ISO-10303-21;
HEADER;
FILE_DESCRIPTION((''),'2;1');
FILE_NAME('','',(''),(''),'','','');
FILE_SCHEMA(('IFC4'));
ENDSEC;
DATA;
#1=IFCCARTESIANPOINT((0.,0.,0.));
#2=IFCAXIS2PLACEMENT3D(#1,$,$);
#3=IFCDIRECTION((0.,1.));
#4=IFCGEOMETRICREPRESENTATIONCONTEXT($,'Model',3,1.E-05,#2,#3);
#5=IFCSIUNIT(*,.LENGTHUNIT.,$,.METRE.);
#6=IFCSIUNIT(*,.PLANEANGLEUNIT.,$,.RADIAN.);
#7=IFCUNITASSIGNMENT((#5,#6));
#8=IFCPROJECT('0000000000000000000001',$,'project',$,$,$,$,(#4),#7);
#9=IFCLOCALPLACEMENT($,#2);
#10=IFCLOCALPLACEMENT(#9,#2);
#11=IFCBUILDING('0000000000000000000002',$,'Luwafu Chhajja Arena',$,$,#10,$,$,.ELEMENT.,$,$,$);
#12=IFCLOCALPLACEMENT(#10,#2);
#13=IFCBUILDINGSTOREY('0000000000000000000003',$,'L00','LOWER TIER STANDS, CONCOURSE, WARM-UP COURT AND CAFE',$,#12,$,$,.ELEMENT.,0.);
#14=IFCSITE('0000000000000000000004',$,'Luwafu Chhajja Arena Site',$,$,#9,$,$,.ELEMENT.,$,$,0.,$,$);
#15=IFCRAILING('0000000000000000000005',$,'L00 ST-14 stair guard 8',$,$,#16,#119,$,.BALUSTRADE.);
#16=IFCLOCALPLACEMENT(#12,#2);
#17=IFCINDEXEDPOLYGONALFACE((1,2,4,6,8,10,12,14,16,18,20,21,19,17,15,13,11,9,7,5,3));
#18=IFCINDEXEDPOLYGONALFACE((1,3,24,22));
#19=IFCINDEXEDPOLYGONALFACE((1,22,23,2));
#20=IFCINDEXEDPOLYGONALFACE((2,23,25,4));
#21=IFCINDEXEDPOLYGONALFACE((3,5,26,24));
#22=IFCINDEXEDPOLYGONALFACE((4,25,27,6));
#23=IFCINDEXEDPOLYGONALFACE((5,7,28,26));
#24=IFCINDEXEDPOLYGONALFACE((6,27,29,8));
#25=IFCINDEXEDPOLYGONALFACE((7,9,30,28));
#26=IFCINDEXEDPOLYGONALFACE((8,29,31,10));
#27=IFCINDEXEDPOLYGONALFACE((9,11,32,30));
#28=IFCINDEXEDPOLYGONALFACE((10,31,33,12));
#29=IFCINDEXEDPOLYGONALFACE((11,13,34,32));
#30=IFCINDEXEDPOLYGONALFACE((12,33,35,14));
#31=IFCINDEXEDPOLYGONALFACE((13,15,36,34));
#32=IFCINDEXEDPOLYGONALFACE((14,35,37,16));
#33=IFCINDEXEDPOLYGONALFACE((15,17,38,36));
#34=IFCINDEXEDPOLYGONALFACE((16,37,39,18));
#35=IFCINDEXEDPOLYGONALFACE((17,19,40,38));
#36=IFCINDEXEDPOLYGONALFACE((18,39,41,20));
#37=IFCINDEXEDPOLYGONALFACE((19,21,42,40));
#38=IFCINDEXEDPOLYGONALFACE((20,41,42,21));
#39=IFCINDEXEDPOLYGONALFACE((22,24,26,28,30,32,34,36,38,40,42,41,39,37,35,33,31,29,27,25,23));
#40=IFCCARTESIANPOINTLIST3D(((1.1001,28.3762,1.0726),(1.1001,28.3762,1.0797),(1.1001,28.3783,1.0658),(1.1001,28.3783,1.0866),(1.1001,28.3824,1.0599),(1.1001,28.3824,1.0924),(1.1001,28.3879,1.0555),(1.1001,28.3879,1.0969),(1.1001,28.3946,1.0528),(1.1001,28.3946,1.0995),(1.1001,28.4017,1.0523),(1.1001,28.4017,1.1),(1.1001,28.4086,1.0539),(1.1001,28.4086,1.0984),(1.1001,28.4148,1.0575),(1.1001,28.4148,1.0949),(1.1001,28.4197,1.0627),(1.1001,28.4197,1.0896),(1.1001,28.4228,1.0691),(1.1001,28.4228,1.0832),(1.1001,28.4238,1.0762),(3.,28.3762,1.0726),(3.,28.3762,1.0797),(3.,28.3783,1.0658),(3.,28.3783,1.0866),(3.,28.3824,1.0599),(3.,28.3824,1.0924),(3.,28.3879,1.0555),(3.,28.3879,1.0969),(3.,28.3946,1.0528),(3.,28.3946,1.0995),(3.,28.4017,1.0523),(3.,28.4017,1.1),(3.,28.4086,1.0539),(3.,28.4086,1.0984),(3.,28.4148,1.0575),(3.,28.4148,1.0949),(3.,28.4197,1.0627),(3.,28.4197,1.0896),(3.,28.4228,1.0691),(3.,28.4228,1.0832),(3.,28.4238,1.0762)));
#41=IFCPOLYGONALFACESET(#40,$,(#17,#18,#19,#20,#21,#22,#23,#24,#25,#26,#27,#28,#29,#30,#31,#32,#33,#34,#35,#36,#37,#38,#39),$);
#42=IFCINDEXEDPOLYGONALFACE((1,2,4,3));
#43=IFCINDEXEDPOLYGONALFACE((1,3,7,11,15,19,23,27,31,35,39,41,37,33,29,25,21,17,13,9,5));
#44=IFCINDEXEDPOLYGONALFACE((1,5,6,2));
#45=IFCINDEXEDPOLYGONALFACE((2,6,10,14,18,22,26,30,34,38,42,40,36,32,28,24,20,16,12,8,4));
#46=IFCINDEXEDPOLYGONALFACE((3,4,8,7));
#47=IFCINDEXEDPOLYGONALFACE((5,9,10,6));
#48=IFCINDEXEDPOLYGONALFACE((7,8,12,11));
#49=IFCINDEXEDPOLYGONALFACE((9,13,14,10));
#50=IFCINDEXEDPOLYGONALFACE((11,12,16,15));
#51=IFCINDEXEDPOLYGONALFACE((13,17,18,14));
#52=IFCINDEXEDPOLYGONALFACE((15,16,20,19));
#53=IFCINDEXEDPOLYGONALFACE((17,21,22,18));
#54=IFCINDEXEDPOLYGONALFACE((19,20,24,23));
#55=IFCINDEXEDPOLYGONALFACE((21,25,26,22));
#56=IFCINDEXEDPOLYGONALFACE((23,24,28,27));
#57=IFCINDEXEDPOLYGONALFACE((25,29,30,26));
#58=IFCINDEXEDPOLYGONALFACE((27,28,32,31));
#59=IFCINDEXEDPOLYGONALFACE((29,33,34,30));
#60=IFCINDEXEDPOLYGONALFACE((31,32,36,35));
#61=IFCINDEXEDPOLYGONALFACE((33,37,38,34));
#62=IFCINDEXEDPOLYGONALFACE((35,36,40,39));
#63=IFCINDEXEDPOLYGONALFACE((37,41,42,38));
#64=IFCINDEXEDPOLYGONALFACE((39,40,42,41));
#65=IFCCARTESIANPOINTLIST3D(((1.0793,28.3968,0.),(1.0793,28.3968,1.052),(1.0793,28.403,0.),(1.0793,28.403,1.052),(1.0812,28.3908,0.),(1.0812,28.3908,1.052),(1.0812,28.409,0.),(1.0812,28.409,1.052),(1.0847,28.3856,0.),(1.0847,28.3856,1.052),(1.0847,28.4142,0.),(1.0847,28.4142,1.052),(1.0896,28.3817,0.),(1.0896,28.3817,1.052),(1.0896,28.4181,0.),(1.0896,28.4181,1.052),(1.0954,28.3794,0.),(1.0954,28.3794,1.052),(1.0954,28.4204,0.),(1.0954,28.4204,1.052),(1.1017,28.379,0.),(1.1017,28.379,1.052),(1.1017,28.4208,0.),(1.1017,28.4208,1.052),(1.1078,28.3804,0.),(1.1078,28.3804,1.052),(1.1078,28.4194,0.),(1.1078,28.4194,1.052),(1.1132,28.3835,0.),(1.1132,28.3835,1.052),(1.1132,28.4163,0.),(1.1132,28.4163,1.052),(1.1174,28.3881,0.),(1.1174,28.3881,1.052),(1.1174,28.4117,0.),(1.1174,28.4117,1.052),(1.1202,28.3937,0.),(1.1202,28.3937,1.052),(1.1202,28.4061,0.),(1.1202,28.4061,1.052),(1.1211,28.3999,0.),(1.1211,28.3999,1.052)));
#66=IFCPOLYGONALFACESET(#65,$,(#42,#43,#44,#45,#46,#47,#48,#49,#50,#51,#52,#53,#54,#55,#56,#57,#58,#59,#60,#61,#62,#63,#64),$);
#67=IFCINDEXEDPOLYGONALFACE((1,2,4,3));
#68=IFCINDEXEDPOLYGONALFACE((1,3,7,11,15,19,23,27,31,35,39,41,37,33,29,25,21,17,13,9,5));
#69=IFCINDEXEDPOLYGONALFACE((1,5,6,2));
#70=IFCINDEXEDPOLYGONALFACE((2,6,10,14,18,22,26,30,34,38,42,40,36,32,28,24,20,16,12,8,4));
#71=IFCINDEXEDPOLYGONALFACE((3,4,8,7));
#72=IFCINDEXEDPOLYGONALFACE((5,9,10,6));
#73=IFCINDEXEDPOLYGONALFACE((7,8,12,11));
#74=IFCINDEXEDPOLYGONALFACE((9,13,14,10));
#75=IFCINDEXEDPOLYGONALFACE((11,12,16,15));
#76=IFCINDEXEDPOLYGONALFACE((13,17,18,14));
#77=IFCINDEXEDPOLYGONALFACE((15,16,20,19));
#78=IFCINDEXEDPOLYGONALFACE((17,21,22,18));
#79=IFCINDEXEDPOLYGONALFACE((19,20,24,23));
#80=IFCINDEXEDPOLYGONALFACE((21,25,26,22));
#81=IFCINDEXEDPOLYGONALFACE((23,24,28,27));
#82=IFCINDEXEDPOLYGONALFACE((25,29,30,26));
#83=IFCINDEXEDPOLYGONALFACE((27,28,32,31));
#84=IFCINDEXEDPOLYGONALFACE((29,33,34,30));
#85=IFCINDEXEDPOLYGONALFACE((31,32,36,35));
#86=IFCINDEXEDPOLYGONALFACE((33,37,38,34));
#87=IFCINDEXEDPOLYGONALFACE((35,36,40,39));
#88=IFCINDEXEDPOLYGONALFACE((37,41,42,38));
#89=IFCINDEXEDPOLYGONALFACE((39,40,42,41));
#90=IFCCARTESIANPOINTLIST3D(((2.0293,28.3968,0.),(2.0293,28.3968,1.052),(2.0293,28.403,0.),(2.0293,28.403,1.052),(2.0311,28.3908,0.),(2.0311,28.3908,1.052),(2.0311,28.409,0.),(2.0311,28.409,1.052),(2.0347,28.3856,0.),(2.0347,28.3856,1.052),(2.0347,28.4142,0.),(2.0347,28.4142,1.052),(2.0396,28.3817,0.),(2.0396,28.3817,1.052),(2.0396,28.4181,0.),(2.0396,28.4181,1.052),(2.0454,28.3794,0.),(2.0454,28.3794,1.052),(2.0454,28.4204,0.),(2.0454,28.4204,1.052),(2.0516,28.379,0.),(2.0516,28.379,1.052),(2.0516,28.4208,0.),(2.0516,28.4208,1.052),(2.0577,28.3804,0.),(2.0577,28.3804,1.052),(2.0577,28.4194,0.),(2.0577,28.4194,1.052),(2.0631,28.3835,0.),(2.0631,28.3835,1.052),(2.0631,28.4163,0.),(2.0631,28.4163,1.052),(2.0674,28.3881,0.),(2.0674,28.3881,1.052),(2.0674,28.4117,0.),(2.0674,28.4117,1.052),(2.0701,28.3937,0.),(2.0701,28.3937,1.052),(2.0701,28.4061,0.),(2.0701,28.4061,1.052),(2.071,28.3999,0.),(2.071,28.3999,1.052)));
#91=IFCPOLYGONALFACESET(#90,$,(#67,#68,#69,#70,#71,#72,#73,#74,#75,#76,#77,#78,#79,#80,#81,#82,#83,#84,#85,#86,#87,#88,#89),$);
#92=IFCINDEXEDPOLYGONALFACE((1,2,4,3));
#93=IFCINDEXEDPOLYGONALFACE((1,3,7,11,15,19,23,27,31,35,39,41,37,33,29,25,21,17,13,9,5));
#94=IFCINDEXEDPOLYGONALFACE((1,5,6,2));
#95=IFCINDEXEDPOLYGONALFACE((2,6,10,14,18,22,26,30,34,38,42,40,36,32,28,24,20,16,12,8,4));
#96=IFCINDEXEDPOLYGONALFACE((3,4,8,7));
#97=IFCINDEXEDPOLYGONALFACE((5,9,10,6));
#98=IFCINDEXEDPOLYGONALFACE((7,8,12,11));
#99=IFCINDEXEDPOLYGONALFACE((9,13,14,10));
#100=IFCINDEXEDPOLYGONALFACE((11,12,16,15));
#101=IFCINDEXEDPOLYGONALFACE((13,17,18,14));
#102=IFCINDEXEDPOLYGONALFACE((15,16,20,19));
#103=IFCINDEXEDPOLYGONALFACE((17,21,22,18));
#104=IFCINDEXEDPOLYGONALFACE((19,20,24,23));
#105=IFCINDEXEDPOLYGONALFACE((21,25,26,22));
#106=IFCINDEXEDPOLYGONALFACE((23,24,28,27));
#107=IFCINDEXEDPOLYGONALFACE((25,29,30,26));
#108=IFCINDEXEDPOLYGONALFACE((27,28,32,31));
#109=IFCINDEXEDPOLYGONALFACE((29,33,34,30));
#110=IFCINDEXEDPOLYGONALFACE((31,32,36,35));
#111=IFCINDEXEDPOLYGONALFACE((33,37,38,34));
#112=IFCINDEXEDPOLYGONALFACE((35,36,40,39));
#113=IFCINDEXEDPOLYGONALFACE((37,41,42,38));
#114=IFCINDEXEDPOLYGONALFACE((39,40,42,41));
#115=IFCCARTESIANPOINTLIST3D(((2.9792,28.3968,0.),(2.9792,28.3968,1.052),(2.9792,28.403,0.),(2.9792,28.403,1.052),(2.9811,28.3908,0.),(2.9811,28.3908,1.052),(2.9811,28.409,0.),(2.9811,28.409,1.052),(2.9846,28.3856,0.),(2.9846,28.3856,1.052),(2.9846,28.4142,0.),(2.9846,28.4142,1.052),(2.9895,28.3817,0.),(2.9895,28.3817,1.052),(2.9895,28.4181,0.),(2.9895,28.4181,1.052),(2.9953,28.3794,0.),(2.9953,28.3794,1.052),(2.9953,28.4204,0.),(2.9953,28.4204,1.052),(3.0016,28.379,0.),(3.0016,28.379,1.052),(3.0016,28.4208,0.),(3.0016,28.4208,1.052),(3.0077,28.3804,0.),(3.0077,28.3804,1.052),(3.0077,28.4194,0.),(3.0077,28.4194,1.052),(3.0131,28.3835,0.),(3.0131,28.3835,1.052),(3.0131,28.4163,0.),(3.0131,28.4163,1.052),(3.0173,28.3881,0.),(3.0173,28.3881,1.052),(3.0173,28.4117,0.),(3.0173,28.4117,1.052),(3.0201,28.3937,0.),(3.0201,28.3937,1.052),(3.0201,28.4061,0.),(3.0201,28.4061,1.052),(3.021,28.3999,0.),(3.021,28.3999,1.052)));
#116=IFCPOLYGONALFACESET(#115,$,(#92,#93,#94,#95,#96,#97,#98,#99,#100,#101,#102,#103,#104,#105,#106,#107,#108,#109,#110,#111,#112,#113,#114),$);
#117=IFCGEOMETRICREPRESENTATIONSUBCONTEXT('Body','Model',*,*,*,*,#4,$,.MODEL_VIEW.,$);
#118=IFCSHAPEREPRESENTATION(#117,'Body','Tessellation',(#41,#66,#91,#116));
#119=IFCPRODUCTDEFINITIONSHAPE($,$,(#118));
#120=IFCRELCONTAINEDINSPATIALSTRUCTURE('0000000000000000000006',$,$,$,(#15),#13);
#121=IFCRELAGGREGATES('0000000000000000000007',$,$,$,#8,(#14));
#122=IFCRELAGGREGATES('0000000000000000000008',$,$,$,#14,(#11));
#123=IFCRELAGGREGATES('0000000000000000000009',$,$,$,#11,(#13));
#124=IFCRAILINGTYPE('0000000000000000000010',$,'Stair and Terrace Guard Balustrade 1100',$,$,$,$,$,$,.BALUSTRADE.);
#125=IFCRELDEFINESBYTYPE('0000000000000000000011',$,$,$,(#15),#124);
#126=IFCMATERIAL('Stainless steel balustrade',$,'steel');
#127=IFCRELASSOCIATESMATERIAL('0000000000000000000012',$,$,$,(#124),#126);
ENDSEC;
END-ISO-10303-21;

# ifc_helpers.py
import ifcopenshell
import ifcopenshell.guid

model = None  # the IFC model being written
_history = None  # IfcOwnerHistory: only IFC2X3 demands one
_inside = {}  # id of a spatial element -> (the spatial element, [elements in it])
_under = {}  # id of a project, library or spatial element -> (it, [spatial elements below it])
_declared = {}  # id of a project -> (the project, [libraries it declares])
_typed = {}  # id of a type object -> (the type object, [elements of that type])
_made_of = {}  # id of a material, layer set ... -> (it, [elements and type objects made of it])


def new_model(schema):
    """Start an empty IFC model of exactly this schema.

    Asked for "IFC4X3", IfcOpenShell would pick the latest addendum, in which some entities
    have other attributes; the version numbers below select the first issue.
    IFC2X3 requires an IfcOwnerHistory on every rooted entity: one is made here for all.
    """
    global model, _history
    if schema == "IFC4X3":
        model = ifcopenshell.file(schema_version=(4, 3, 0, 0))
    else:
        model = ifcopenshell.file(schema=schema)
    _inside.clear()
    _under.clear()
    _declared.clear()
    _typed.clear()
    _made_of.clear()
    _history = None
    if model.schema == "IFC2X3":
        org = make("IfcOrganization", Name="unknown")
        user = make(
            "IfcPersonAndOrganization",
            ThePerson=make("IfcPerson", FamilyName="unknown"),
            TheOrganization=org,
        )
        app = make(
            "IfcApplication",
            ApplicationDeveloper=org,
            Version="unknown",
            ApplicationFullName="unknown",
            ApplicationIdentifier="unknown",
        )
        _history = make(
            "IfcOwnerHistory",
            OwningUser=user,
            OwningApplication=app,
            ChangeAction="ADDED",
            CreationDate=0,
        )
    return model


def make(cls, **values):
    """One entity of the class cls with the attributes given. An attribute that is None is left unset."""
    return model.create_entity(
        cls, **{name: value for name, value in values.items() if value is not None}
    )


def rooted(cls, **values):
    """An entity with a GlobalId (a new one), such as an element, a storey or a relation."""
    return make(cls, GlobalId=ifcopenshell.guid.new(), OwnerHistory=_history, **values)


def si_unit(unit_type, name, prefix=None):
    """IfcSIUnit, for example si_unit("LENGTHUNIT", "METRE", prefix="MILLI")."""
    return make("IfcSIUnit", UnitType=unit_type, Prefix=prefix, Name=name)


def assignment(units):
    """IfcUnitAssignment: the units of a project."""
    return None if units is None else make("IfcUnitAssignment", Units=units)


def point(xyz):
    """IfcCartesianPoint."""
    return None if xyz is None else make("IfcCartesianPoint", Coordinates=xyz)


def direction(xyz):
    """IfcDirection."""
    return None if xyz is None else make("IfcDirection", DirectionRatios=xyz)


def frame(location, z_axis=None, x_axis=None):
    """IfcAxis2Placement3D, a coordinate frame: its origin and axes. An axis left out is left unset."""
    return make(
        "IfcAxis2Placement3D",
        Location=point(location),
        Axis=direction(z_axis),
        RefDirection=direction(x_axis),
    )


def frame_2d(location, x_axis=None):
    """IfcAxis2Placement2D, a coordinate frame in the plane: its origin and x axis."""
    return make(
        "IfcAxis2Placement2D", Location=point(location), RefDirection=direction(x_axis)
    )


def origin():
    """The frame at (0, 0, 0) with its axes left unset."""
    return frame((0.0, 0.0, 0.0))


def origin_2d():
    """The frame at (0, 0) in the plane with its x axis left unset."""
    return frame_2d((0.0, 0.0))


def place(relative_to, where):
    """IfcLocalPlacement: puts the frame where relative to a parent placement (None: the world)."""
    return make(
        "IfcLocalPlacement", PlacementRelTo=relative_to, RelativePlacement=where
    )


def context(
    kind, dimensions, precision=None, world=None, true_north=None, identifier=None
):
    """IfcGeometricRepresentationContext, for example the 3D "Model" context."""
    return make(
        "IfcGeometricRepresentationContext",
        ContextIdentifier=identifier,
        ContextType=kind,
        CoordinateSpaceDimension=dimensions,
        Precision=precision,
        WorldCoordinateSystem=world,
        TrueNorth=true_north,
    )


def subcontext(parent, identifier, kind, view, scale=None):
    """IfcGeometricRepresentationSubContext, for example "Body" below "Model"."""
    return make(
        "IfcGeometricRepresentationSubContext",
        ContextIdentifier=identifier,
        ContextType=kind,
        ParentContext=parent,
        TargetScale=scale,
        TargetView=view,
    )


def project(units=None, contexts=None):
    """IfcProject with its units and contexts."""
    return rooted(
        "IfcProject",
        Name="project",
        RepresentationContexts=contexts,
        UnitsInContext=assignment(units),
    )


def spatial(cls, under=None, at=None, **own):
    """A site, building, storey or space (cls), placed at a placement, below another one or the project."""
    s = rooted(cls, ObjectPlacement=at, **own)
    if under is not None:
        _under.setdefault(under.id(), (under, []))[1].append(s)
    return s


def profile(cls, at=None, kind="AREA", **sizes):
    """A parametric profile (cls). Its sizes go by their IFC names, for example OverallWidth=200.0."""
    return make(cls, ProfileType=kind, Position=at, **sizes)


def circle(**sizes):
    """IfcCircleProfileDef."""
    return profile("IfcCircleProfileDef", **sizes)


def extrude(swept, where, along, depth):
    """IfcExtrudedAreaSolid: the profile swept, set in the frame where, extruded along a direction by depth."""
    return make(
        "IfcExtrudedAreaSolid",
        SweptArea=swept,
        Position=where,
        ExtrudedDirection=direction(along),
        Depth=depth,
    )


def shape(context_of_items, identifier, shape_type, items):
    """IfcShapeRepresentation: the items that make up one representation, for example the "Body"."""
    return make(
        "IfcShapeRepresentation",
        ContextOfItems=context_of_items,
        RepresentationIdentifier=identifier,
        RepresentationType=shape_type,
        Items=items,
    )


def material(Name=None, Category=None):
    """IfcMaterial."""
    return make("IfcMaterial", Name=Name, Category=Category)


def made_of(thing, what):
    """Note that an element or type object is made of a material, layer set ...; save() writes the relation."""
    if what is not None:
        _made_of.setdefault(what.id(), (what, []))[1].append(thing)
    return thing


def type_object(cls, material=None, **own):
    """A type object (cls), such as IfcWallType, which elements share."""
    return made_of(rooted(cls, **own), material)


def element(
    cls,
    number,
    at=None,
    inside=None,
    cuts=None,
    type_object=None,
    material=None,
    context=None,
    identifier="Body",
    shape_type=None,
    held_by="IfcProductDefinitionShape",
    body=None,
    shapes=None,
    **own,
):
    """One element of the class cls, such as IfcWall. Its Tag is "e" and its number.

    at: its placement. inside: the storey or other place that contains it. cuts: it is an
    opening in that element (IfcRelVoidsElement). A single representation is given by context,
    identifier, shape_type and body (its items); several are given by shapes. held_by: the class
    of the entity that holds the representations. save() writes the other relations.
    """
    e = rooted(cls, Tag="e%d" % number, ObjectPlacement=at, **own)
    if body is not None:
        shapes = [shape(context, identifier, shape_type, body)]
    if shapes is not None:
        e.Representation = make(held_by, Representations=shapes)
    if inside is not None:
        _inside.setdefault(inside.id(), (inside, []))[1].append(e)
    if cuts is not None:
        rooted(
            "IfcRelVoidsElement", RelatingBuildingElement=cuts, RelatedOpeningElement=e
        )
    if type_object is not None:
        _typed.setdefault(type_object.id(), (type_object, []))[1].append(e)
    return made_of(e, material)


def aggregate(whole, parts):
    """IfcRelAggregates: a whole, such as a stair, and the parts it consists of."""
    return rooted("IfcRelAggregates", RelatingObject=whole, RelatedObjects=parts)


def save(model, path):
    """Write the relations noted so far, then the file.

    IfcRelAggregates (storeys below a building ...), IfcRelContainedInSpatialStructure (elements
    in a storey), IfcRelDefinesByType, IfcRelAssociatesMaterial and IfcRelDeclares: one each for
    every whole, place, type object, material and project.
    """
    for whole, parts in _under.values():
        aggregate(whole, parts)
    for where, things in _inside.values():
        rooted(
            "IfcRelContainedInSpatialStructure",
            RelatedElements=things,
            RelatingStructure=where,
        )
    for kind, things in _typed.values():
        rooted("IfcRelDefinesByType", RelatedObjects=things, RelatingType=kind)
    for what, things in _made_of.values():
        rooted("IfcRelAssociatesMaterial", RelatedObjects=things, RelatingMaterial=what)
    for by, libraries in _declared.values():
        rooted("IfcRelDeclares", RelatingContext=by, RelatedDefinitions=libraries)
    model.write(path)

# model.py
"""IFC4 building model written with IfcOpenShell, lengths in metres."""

from ifc_helpers import new_model, si_unit, direction, frame, origin, origin_2d, place, context, subcontext, project, spatial, circle, extrude, material, type_object, element, save


model = new_model("IFC4")

# Units and contexts
model_context = context("Model", 3, precision=1e-05, world=origin(), true_north=direction((0.0, 1.0)))
body_context = subcontext(model_context, "Body", "Model", "MODEL_VIEW")
ifc_project = project(units=[si_unit("LENGTHUNIT", "METRE"), si_unit("PLANEANGLEUNIT", "RADIAN")], contexts=[model_context])

# Site, building, storey
site_placement = place(None, origin())
site = spatial("IfcSite", under=ifc_project, at=site_placement, Name="Luwafu Chhajja Arena Site", CompositionType="ELEMENT", RefElevation=0.0)
building_placement = place(site_placement, origin())
building = spatial("IfcBuilding", under=site, at=building_placement, Name="Luwafu Chhajja Arena", CompositionType="ELEMENT")
storey_placement = place(building_placement, origin())
storey = spatial("IfcBuildingStorey", under=building, at=storey_placement, Name="L00", Description="LOWER TIER STANDS, CONCOURSE, WARM-UP COURT AND CAFE", CompositionType="ELEMENT", Elevation=0.0)

# Railing
ifc_material_1 = material(Name="Stainless steel balustrade", Category="steel")
railing_type_1 = type_object("IfcRailingType", Name="Stair and Terrace Guard Balustrade 1100", PredefinedType="BALUSTRADE", material=ifc_material_1)
railing_1_placement = place(storey_placement, frame((1.1001, 28.3999, 0.0)))
element("IfcRailing", 1, at=railing_1_placement, inside=storey, type_object=railing_type_1, Name="L00 ST-14 stair guard 8", PredefinedType="BALUSTRADE", context=body_context, shape_type="SweptSolid", body=[
    extrude(circle(Radius=0.0239, at=origin_2d()), frame((0.0, 0.0, 1.0762), z_axis=(1.0, 0.0, 0.0), x_axis=(0.0, 1.0, 0.0)), (0.0, 0.0, 1.0), 1.8999),
    extrude(circle(Radius=0.021, at=origin_2d()), origin(), (0.0, 0.0, 1.0), 1.052),
    extrude(circle(Radius=0.021, at=origin_2d()), frame((0.95, 0.0, 0.0)), (0.0, 0.0, 1.0), 1.052),
    extrude(circle(Radius=0.021, at=origin_2d()), frame((1.8999, 0.0, 0.0)), (0.0, 0.0, 1.0), 1.052),
])

save(model, "model.ifc")
